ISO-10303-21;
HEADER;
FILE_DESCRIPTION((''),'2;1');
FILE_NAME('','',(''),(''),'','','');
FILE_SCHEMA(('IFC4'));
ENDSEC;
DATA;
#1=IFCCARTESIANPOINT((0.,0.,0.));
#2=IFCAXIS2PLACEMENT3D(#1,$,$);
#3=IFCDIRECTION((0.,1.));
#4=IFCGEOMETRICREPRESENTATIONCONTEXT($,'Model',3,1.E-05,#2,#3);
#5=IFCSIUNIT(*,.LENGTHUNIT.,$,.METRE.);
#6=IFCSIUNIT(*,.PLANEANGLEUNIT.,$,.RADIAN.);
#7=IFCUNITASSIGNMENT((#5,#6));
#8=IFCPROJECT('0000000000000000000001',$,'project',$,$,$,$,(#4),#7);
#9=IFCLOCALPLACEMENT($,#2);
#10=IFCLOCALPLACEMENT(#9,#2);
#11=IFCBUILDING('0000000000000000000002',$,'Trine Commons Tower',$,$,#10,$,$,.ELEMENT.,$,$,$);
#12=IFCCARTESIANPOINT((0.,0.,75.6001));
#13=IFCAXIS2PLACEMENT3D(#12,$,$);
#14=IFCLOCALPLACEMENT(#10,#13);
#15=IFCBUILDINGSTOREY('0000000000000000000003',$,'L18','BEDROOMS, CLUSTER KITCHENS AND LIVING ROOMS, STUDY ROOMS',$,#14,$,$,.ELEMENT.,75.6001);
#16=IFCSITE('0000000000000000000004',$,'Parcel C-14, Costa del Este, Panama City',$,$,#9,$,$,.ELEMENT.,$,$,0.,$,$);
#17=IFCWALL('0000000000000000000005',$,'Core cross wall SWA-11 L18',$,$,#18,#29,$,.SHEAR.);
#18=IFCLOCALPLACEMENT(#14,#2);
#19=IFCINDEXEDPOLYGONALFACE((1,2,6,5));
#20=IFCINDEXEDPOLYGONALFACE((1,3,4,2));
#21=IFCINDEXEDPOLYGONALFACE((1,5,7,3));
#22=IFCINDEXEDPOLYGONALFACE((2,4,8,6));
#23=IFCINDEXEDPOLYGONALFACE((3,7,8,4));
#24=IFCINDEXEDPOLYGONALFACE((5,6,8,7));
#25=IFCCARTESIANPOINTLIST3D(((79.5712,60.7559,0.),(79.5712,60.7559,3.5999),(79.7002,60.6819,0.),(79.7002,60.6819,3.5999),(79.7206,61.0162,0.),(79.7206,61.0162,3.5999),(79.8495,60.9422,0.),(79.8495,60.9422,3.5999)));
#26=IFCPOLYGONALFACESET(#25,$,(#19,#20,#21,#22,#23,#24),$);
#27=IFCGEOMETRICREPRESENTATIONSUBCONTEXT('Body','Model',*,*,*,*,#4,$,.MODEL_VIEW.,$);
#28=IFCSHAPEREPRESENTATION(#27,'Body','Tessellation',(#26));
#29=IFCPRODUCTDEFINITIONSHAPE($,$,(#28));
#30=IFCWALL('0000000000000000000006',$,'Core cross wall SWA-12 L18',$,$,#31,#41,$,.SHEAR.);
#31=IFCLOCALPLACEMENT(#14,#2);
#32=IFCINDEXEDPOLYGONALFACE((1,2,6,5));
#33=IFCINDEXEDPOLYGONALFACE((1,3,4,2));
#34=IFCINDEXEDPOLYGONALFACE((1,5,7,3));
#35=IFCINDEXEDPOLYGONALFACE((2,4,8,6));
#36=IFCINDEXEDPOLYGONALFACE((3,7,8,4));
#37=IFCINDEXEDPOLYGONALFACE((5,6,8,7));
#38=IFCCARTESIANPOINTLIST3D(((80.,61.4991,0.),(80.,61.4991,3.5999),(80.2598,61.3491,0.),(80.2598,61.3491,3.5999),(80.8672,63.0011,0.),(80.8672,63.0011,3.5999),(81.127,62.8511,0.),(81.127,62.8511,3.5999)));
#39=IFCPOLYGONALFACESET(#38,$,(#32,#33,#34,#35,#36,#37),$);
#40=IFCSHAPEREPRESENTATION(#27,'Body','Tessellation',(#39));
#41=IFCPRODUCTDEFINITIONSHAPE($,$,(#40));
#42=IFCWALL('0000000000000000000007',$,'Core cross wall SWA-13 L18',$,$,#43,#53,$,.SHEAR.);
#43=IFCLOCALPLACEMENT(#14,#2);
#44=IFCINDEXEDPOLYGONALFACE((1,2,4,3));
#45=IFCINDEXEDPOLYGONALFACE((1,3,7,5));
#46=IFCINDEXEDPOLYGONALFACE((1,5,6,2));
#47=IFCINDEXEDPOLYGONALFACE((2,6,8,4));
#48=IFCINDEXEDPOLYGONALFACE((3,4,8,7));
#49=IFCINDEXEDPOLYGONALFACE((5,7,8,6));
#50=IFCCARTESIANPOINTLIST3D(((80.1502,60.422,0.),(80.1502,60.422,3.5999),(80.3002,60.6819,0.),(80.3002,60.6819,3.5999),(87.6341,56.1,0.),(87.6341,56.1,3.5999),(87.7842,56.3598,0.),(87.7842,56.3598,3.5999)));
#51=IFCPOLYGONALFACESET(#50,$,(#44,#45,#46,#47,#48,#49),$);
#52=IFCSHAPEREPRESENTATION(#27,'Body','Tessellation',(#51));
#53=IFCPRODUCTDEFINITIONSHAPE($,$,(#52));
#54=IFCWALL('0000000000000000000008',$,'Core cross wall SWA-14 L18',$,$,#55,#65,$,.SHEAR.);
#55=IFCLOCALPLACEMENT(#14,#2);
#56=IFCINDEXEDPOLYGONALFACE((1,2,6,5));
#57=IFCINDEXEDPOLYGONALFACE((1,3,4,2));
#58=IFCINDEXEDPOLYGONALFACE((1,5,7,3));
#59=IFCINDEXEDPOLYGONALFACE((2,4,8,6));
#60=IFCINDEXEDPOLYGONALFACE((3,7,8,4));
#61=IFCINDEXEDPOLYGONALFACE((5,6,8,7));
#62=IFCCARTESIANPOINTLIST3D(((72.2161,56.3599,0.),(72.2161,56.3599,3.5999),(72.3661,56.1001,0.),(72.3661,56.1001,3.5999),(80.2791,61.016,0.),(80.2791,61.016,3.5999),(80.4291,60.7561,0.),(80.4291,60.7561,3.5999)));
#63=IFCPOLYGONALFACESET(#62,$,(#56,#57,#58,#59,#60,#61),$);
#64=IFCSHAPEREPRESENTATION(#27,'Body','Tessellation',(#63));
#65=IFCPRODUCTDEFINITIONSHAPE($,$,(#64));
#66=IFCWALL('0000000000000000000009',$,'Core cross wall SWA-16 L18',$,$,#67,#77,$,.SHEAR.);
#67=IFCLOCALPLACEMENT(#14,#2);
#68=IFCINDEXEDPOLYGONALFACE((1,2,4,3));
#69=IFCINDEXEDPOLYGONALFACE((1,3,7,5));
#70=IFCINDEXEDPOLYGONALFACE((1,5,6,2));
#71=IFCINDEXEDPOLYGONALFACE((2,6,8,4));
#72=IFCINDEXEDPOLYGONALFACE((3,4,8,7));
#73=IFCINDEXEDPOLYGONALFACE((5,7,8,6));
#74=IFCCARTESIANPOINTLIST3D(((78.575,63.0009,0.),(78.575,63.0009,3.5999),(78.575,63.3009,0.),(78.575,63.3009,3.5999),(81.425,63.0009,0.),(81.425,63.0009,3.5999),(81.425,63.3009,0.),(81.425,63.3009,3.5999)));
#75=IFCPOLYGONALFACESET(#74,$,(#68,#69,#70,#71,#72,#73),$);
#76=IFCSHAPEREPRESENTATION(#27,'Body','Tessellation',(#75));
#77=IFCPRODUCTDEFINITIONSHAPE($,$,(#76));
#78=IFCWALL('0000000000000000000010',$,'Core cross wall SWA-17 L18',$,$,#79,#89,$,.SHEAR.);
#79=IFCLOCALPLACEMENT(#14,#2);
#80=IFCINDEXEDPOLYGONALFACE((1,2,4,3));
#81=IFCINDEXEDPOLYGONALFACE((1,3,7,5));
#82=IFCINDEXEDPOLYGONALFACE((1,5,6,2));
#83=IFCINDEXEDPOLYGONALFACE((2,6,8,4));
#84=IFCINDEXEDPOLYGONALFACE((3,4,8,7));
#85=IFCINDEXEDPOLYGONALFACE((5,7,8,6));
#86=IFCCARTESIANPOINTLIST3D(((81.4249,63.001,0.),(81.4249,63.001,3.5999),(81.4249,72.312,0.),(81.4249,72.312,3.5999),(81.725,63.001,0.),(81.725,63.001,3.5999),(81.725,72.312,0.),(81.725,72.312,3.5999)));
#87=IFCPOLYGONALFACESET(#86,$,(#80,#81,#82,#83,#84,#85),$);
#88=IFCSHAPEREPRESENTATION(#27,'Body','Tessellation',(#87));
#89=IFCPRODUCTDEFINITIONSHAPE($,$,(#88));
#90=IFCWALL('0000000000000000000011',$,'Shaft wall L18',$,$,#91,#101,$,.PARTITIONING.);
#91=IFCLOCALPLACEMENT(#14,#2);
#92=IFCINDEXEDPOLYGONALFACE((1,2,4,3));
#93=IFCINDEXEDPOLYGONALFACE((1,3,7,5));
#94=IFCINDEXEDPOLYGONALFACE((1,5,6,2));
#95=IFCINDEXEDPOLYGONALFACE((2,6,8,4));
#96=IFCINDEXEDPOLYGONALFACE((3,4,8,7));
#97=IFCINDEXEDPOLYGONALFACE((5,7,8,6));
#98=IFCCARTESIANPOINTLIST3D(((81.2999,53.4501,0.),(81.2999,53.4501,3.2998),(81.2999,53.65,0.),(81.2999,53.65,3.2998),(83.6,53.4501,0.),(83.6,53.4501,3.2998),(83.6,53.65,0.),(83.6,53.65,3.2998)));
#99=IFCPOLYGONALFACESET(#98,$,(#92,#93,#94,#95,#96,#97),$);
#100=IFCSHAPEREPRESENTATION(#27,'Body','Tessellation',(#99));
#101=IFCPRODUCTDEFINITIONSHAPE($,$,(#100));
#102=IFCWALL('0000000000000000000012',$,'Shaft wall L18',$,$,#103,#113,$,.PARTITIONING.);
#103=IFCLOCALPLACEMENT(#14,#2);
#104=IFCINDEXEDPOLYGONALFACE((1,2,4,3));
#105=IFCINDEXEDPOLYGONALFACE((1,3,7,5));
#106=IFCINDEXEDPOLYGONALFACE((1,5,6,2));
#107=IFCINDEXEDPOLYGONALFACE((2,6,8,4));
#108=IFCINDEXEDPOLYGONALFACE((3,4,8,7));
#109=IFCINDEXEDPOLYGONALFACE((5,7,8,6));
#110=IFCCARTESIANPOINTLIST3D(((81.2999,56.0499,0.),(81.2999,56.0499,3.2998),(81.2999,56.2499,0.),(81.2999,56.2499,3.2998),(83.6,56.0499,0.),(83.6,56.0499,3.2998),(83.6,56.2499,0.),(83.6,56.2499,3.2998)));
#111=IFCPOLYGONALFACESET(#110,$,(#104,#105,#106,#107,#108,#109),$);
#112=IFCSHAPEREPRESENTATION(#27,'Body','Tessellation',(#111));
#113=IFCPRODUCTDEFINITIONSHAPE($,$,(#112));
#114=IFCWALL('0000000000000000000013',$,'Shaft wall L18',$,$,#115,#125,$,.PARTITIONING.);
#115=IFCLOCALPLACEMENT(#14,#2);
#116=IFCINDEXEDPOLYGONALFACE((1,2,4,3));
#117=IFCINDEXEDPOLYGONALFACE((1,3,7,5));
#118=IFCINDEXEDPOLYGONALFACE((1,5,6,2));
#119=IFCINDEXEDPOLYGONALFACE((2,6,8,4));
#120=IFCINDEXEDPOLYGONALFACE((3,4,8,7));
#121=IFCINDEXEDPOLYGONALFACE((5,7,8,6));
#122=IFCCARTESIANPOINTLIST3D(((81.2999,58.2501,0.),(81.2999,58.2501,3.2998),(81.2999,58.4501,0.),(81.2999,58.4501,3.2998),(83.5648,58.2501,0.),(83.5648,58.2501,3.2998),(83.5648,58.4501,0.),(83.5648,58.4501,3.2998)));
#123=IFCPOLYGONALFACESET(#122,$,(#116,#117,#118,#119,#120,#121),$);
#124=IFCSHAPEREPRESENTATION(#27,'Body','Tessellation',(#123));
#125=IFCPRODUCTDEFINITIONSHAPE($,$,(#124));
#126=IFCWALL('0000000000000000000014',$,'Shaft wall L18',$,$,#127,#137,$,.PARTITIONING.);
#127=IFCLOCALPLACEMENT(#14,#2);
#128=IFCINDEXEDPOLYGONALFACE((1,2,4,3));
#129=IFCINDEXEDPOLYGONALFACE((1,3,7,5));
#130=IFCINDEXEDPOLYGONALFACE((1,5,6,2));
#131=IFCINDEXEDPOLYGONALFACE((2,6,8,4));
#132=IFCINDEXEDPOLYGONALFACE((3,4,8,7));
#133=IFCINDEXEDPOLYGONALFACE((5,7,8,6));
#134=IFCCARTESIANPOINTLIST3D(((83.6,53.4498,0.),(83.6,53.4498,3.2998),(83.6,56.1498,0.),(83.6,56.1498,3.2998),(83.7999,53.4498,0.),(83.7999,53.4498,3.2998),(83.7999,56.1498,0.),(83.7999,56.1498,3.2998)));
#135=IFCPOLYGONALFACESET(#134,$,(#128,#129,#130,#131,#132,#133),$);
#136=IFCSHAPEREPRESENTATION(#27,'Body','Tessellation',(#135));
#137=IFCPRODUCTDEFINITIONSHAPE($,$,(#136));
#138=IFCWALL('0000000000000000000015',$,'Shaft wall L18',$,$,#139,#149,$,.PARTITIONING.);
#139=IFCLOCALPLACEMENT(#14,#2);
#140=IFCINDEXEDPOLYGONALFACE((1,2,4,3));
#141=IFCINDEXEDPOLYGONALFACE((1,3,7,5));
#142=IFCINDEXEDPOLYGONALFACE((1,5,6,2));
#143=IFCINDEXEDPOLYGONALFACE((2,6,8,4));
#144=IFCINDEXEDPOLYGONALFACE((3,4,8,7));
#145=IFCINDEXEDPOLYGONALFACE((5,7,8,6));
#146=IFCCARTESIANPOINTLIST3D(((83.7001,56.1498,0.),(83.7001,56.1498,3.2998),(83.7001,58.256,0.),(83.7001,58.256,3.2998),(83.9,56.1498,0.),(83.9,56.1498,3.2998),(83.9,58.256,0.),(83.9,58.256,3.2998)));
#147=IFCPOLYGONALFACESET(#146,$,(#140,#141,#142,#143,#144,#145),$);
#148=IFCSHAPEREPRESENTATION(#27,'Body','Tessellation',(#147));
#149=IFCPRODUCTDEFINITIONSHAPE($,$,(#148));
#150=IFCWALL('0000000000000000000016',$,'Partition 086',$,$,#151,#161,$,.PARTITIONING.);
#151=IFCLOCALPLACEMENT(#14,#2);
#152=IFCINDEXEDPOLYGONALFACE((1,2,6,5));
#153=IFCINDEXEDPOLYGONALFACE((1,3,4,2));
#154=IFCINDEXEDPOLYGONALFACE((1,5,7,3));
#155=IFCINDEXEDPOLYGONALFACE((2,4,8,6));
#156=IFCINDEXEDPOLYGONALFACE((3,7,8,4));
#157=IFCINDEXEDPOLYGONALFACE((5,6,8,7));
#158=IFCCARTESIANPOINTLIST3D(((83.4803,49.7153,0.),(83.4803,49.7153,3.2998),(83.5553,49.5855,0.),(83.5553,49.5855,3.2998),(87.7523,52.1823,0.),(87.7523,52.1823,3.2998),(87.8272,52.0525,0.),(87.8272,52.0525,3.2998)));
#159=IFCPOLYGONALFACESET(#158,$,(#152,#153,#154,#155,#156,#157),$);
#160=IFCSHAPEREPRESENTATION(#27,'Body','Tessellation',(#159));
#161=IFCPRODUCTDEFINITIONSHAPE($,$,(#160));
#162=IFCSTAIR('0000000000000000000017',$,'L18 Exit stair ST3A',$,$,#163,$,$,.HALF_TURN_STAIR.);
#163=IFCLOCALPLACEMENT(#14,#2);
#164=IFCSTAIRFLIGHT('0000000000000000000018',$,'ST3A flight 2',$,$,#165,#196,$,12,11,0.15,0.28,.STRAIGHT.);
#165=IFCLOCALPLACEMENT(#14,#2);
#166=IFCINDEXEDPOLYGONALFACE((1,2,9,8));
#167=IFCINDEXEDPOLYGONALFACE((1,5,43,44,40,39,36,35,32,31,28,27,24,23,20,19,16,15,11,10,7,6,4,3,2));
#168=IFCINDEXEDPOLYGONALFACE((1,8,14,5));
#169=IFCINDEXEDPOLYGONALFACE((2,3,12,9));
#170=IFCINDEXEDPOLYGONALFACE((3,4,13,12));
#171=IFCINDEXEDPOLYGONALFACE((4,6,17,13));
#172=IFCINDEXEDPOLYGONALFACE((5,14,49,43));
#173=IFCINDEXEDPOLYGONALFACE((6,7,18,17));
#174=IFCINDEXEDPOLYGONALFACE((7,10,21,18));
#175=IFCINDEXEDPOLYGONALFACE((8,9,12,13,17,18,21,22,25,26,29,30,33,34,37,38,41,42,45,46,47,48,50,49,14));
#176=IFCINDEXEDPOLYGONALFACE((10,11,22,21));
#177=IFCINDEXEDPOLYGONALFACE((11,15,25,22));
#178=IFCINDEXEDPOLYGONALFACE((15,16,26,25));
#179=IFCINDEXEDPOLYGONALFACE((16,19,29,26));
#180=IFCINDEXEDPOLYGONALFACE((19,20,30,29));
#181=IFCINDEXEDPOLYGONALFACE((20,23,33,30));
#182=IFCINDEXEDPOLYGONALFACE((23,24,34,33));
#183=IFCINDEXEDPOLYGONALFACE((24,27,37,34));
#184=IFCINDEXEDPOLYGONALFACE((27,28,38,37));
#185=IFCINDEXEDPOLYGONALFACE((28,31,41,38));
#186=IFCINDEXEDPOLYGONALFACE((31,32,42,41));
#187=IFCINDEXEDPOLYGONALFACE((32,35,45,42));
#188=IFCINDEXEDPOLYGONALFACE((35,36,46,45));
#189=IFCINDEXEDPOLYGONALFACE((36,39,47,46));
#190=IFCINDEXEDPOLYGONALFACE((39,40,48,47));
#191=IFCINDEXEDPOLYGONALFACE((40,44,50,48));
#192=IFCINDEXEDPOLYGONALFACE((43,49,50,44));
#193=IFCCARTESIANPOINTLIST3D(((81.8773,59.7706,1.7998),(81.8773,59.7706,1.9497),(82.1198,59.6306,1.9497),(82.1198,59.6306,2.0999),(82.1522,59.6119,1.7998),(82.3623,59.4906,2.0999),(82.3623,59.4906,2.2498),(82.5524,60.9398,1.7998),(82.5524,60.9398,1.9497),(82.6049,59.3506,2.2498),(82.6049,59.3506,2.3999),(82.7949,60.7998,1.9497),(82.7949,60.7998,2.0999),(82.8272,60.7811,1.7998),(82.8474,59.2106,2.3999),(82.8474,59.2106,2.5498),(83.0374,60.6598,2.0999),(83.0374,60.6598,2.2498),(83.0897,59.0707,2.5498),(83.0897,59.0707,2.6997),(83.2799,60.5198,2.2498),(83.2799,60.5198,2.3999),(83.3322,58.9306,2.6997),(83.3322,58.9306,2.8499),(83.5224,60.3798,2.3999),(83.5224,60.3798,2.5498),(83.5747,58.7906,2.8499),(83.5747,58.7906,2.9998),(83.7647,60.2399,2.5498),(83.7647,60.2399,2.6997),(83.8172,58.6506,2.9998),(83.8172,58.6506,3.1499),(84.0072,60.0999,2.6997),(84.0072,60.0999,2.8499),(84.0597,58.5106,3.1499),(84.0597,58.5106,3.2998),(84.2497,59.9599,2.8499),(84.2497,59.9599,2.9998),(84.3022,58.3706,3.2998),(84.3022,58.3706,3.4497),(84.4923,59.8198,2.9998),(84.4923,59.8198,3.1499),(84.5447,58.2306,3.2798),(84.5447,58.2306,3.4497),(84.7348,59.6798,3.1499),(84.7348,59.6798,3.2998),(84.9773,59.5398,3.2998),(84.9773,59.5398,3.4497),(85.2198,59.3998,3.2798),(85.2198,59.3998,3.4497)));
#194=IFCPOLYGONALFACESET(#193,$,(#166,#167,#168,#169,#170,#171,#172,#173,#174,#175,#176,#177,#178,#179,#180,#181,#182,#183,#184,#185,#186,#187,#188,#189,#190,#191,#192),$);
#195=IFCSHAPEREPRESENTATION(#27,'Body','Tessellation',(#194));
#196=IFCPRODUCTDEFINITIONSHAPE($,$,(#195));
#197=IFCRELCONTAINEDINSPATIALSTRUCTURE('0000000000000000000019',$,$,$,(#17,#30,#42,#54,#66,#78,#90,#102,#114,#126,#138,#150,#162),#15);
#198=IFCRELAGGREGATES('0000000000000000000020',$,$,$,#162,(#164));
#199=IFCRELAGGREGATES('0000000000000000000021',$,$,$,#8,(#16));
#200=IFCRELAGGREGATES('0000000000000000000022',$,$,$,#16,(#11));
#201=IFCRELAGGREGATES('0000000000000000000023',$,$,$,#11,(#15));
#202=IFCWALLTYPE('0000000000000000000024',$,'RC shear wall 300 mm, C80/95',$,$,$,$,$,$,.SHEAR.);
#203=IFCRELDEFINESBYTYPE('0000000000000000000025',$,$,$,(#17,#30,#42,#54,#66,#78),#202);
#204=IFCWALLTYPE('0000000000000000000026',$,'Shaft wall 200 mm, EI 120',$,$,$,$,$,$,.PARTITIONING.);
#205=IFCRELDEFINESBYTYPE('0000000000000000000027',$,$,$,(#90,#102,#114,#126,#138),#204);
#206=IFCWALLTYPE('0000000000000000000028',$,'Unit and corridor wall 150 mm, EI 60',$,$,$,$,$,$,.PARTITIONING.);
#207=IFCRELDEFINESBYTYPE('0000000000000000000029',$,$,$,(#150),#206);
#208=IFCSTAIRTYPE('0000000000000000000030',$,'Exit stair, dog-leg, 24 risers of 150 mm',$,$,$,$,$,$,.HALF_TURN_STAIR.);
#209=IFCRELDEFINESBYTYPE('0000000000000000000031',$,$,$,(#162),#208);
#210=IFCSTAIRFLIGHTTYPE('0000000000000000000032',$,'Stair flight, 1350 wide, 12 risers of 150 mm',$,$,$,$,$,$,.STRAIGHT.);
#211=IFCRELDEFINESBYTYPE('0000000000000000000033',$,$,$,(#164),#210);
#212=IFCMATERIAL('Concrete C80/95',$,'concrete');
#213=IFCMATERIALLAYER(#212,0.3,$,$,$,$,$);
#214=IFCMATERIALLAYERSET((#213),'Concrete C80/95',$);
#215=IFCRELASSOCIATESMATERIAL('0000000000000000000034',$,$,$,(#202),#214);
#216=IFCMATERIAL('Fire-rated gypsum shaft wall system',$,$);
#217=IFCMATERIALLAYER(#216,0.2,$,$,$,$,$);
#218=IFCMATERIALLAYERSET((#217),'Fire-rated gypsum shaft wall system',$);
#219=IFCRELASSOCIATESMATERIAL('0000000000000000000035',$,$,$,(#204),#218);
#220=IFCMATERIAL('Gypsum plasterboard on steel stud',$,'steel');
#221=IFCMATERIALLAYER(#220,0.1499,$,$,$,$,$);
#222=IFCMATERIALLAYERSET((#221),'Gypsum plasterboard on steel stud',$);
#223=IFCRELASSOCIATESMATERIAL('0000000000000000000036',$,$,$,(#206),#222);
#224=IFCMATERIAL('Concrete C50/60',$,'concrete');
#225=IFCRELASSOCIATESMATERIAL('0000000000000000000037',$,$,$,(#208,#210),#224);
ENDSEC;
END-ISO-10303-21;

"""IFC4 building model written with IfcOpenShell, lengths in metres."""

from ifc_helpers import new_model, si_unit, direction, frame, frame_2d, origin, place, context, subcontext, project, spatial, polyline, rectangle, outline, extrude, material, layer, layer_set, type_object, element, aggregate, save


model = new_model("IFC4")

# Units and contexts
model_context = context("Model", 3, precision=1e-05, world=origin(), true_north=direction((0.0, 1.0)))
body_context = subcontext(model_context, "Body", "Model", "MODEL_VIEW")
ifc_project = project(units=[si_unit("LENGTHUNIT", "METRE"), si_unit("PLANEANGLEUNIT", "RADIAN")], contexts=[model_context])

# Site, building, storey
site_placement = place(None, origin())
site = spatial("IfcSite", under=ifc_project, at=site_placement, Name="Parcel C-14, Costa del Este, Panama City", CompositionType="ELEMENT", RefElevation=0.0)
building_placement = place(site_placement, origin())
building = spatial("IfcBuilding", under=site, at=building_placement, Name="Trine Commons Tower", CompositionType="ELEMENT")
storey_placement = place(building_placement, frame((0.0, 0.0, 75.6001)))
storey = spatial("IfcBuildingStorey", under=building, at=storey_placement, Name="L18", Description="BEDROOMS, CLUSTER KITCHENS AND LIVING ROOMS, STUDY ROOMS", CompositionType="ELEMENT", Elevation=75.6001)

# Shared definitions
ifc_material_1 = material(Name="Concrete C50/60", Category="concrete")

# Shared definitions
ifc_material_2 = material(Name="Fire-rated gypsum shaft wall system")
ifc_material_3 = material(Name="Concrete C80/95", Category="concrete")

# Shared definitions
ifc_layer_1 = layer(ifc_material_3, 0.3)
ifc_layer_set_1 = layer_set([ifc_layer_1], Name="Concrete C80/95")
wall_type_1 = type_object("IfcWallType", Name="RC shear wall 300 mm, C80/95", PredefinedType="SHEAR", material=ifc_layer_set_1)

# Walls
wall_1_placement = place(storey_placement, frame((79.646, 60.886, 0.0), z_axis=(0.0, 0.0, 1.0), x_axis=(0.867332, -0.49773, 0.0)))
element("IfcWall", 1, at=wall_1_placement, inside=storey, type_object=wall_type_1, Name="Core cross wall SWA-11 L18", PredefinedType="SHEAR", context=body_context, shape_type="SweptSolid", body=[
    extrude(rectangle(XDim=0.1487, YDim=0.3, at=frame_2d((0.0742, 0.0))), origin(), (0.0, 0.0, 1.0), 3.5999),
])
wall_2_placement = place(storey_placement, frame((80.1299, 61.4241, 0.0), z_axis=(0.0, 0.0, 1.0), x_axis=(0.500015, 0.866017, 0.0)))
element("IfcWall", 2, at=wall_2_placement, inside=storey, type_object=wall_type_1, Name="Core cross wall SWA-12 L18", PredefinedType="SHEAR", context=body_context, shape_type="SweptSolid", body=[
    extrude(rectangle(XDim=1.7344, YDim=0.3, at=frame_2d((0.8672, 0.0))), origin(), (0.0, 0.0, 1.0), 3.5999),
])
wall_3_placement = place(storey_placement, frame((80.2251, 60.552, 0.0), z_axis=(0.0, 0.0, 1.0), x_axis=(0.865965, -0.500104, 0.0)))
element("IfcWall", 3, at=wall_3_placement, inside=storey, type_object=wall_type_1, Name="Core cross wall SWA-13 L18", PredefinedType="SHEAR", context=body_context, shape_type="SweptSolid", body=[
    extrude(rectangle(XDim=8.6423, YDim=0.3, at=frame_2d((4.3213, 0.0))), origin(), (0.0, 0.0, 1.0), 3.5999),
])
wall_4_placement = place(storey_placement, frame((80.354, 60.886, 0.0), z_axis=(0.0, 0.0, 1.0), x_axis=(-0.865986, -0.500067, 0.0)))
element("IfcWall", 4, at=wall_4_placement, inside=storey, type_object=wall_type_1, Name="Core cross wall SWA-14 L18", PredefinedType="SHEAR", context=body_context, shape_type="SweptSolid", body=[
    extrude(rectangle(XDim=9.3108, YDim=0.3, at=frame_2d((4.6553, 0.0))), origin(), (0.0, 0.0, 1.0), 3.5999),
])
wall_5_placement = place(storey_placement, frame((81.425, 63.1509, 0.0), z_axis=(0.0, 0.0, 1.0), x_axis=(-1.0, 0.0, 0.0)))
element("IfcWall", 5, at=wall_5_placement, inside=storey, type_object=wall_type_1, Name="Core cross wall SWA-16 L18", PredefinedType="SHEAR", context=body_context, shape_type="SweptSolid", body=[
    extrude(rectangle(XDim=2.8501, YDim=0.3, at=frame_2d((1.425, 0.0))), origin(), (0.0, 0.0, 1.0), 3.5999),
])
wall_6_placement = place(storey_placement, frame((81.575, 63.001, 0.0), z_axis=(0.0, 0.0, 1.0), x_axis=(0.0, 1.0, 0.0)))
element("IfcWall", 6, at=wall_6_placement, inside=storey, type_object=wall_type_1, Name="Core cross wall SWA-17 L18", PredefinedType="SHEAR", context=body_context, shape_type="SweptSolid", body=[
    extrude(rectangle(XDim=9.311, YDim=0.3, at=frame_2d((4.6555, 0.0))), origin(), (0.0, 0.0, 1.0), 3.5999),
])
ifc_layer_2 = layer(ifc_material_2, 0.2)
ifc_layer_set_2 = layer_set([ifc_layer_2], Name="Fire-rated gypsum shaft wall system")
wall_type_2 = type_object("IfcWallType", Name="Shaft wall 200 mm, EI 120", PredefinedType="PARTITIONING", material=ifc_layer_set_2)
for number, where, z_axis, x_axis, name in (
    (7, (81.3, 53.55, 0.0), (0.0, 0.0, 1.0), (1.0, 0.0, 0.0), "Shaft wall L18"),
    (8, (81.3, 56.1499, 0.0), (0.0, 0.0, 1.0), (1.0, 0.0, 0.0), "Shaft wall L18"),
):
    element("IfcWall", number, at=place(storey_placement, frame(where, z_axis=z_axis, x_axis=x_axis)), inside=storey, type_object=wall_type_2, Name=name, PredefinedType="PARTITIONING", context=body_context, shape_type="SweptSolid", body=[
        extrude(rectangle(XDim=2.3, YDim=0.2, at=frame_2d((1.1499, 0.0))), origin(), (0.0, 0.0, 1.0), 3.2998),
    ])
wall_7_placement = place(storey_placement, frame((81.3, 58.3501, 0.0), z_axis=(0.0, 0.0, 1.0), x_axis=(1.0, 0.0, 0.0)))
element("IfcWall", 9, at=wall_7_placement, inside=storey, type_object=wall_type_2, Name="Shaft wall L18", PredefinedType="PARTITIONING", context=body_context, shape_type="SweptSolid", body=[
    extrude(rectangle(XDim=2.2649, YDim=0.2, at=frame_2d((1.1323, 0.0))), origin(), (0.0, 0.0, 1.0), 3.2998),
])
wall_8_placement = place(storey_placement, frame((83.7, 56.1499, 0.0), z_axis=(0.0, 0.0, 1.0), x_axis=(0.0, -1.0, 0.0)))
element("IfcWall", 10, at=wall_8_placement, inside=storey, type_object=wall_type_2, Name="Shaft wall L18", PredefinedType="PARTITIONING", context=body_context, shape_type="SweptSolid", body=[
    extrude(rectangle(XDim=2.7, YDim=0.2, at=frame_2d((1.3501, 0.0))), origin(), (0.0, 0.0, 1.0), 3.2998),
])
wall_9_placement = place(storey_placement, frame((83.8, 58.2561, 0.0), z_axis=(0.0, 0.0, 1.0), x_axis=(0.0, -1.0, 0.0)))
element("IfcWall", 11, at=wall_9_placement, inside=storey, type_object=wall_type_2, Name="Shaft wall L18", PredefinedType="PARTITIONING", context=body_context, shape_type="SweptSolid", body=[
    extrude(rectangle(XDim=2.1062, YDim=0.2, at=frame_2d((1.0532, 0.0))), origin(), (0.0, 0.0, 1.0), 3.2998),
])
ifc_material_4 = material(Name="Gypsum plasterboard on steel stud", Category="steel")
ifc_layer_3 = layer(ifc_material_4, 0.1499)
ifc_layer_set_3 = layer_set([ifc_layer_3], Name="Gypsum plasterboard on steel stud")
wall_type_3 = type_object("IfcWallType", Name="Unit and corridor wall 150 mm, EI 60", PredefinedType="PARTITIONING", material=ifc_layer_set_3)
wall_10_placement = place(storey_placement, frame((83.5178, 49.6504, 0.0), z_axis=(0.0, 0.0, 1.0), x_axis=(0.865971, 0.500094, 0.0)))
element("IfcWall", 12, at=wall_10_placement, inside=storey, type_object=wall_type_3, Name="Partition 086", PredefinedType="PARTITIONING", context=body_context, shape_type="SweptSolid", body=[
    extrude(rectangle(XDim=4.9331, YDim=0.1499, at=frame_2d((2.4666, 0.0))), origin(), (0.0, 0.0, 1.0), 3.2998),
])

# Stair, stair flight
stair_type = type_object("IfcStairType", Name="Exit stair, dog-leg, 24 risers of 150 mm", PredefinedType="HALF_TURN_STAIR", material=ifc_material_1)
stair_placement = place(storey_placement, origin())
stair = element("IfcStair", 13, at=stair_placement, inside=storey, type_object=stair_type, Name="L18 Exit stair ST3A", PredefinedType="HALF_TURN_STAIR")
stair_flight_type = type_object("IfcStairFlightType", Name="Stair flight, 1350 wide, 12 risers of 150 mm", PredefinedType="STRAIGHT", material=ifc_material_1)
stair_flight_placement = place(storey_placement, frame((82.2148, 60.3552, 1.7998), z_axis=(0.0, 0.0, 1.0), x_axis=(0.866025, -0.5, 0.0)))
stair_flight = element("IfcStairFlight", 14, at=stair_flight_placement, type_object=stair_flight_type, Name="ST3A flight 2", NumberOfRisers=12, NumberOfTreads=11, PredefinedType="STRAIGHT", RiserHeight=0.15, TreadLength=0.28, context=body_context, shape_type="SweptSolid", body=[
    extrude(outline(polyline([(0.0, 0.0), (0.0, 0.1499), (0.28, 0.1499), (0.28, 0.3), (0.5601, 0.3), (0.5601, 0.45), (0.8401, 0.45), (0.8401, 0.6001), (1.1201, 0.6001), (1.1201, 0.75), (1.3999, 0.75), (1.3999, 0.8999), (1.6799, 0.8999), (1.6799, 1.05), (1.96, 1.05), (1.96, 1.2), (2.24, 1.2), (2.24, 1.3501), (2.52, 1.3501), (2.52, 1.5), (2.8, 1.5), (2.8, 1.6499), (3.0801, 1.6499), (3.0801, 1.8), (3.0801, 1.48), (0.3174, 0.0), (0.0, 0.0)])), frame((0.0, 0.675, 0.0), z_axis=(0.0, -1.0, 0.0), x_axis=(1.0, 0.0, 0.0)), (0.0, 0.0, 1.0), 1.3501),
])
aggregate(stair, [stair_flight])

save(model, "model.ifc")
